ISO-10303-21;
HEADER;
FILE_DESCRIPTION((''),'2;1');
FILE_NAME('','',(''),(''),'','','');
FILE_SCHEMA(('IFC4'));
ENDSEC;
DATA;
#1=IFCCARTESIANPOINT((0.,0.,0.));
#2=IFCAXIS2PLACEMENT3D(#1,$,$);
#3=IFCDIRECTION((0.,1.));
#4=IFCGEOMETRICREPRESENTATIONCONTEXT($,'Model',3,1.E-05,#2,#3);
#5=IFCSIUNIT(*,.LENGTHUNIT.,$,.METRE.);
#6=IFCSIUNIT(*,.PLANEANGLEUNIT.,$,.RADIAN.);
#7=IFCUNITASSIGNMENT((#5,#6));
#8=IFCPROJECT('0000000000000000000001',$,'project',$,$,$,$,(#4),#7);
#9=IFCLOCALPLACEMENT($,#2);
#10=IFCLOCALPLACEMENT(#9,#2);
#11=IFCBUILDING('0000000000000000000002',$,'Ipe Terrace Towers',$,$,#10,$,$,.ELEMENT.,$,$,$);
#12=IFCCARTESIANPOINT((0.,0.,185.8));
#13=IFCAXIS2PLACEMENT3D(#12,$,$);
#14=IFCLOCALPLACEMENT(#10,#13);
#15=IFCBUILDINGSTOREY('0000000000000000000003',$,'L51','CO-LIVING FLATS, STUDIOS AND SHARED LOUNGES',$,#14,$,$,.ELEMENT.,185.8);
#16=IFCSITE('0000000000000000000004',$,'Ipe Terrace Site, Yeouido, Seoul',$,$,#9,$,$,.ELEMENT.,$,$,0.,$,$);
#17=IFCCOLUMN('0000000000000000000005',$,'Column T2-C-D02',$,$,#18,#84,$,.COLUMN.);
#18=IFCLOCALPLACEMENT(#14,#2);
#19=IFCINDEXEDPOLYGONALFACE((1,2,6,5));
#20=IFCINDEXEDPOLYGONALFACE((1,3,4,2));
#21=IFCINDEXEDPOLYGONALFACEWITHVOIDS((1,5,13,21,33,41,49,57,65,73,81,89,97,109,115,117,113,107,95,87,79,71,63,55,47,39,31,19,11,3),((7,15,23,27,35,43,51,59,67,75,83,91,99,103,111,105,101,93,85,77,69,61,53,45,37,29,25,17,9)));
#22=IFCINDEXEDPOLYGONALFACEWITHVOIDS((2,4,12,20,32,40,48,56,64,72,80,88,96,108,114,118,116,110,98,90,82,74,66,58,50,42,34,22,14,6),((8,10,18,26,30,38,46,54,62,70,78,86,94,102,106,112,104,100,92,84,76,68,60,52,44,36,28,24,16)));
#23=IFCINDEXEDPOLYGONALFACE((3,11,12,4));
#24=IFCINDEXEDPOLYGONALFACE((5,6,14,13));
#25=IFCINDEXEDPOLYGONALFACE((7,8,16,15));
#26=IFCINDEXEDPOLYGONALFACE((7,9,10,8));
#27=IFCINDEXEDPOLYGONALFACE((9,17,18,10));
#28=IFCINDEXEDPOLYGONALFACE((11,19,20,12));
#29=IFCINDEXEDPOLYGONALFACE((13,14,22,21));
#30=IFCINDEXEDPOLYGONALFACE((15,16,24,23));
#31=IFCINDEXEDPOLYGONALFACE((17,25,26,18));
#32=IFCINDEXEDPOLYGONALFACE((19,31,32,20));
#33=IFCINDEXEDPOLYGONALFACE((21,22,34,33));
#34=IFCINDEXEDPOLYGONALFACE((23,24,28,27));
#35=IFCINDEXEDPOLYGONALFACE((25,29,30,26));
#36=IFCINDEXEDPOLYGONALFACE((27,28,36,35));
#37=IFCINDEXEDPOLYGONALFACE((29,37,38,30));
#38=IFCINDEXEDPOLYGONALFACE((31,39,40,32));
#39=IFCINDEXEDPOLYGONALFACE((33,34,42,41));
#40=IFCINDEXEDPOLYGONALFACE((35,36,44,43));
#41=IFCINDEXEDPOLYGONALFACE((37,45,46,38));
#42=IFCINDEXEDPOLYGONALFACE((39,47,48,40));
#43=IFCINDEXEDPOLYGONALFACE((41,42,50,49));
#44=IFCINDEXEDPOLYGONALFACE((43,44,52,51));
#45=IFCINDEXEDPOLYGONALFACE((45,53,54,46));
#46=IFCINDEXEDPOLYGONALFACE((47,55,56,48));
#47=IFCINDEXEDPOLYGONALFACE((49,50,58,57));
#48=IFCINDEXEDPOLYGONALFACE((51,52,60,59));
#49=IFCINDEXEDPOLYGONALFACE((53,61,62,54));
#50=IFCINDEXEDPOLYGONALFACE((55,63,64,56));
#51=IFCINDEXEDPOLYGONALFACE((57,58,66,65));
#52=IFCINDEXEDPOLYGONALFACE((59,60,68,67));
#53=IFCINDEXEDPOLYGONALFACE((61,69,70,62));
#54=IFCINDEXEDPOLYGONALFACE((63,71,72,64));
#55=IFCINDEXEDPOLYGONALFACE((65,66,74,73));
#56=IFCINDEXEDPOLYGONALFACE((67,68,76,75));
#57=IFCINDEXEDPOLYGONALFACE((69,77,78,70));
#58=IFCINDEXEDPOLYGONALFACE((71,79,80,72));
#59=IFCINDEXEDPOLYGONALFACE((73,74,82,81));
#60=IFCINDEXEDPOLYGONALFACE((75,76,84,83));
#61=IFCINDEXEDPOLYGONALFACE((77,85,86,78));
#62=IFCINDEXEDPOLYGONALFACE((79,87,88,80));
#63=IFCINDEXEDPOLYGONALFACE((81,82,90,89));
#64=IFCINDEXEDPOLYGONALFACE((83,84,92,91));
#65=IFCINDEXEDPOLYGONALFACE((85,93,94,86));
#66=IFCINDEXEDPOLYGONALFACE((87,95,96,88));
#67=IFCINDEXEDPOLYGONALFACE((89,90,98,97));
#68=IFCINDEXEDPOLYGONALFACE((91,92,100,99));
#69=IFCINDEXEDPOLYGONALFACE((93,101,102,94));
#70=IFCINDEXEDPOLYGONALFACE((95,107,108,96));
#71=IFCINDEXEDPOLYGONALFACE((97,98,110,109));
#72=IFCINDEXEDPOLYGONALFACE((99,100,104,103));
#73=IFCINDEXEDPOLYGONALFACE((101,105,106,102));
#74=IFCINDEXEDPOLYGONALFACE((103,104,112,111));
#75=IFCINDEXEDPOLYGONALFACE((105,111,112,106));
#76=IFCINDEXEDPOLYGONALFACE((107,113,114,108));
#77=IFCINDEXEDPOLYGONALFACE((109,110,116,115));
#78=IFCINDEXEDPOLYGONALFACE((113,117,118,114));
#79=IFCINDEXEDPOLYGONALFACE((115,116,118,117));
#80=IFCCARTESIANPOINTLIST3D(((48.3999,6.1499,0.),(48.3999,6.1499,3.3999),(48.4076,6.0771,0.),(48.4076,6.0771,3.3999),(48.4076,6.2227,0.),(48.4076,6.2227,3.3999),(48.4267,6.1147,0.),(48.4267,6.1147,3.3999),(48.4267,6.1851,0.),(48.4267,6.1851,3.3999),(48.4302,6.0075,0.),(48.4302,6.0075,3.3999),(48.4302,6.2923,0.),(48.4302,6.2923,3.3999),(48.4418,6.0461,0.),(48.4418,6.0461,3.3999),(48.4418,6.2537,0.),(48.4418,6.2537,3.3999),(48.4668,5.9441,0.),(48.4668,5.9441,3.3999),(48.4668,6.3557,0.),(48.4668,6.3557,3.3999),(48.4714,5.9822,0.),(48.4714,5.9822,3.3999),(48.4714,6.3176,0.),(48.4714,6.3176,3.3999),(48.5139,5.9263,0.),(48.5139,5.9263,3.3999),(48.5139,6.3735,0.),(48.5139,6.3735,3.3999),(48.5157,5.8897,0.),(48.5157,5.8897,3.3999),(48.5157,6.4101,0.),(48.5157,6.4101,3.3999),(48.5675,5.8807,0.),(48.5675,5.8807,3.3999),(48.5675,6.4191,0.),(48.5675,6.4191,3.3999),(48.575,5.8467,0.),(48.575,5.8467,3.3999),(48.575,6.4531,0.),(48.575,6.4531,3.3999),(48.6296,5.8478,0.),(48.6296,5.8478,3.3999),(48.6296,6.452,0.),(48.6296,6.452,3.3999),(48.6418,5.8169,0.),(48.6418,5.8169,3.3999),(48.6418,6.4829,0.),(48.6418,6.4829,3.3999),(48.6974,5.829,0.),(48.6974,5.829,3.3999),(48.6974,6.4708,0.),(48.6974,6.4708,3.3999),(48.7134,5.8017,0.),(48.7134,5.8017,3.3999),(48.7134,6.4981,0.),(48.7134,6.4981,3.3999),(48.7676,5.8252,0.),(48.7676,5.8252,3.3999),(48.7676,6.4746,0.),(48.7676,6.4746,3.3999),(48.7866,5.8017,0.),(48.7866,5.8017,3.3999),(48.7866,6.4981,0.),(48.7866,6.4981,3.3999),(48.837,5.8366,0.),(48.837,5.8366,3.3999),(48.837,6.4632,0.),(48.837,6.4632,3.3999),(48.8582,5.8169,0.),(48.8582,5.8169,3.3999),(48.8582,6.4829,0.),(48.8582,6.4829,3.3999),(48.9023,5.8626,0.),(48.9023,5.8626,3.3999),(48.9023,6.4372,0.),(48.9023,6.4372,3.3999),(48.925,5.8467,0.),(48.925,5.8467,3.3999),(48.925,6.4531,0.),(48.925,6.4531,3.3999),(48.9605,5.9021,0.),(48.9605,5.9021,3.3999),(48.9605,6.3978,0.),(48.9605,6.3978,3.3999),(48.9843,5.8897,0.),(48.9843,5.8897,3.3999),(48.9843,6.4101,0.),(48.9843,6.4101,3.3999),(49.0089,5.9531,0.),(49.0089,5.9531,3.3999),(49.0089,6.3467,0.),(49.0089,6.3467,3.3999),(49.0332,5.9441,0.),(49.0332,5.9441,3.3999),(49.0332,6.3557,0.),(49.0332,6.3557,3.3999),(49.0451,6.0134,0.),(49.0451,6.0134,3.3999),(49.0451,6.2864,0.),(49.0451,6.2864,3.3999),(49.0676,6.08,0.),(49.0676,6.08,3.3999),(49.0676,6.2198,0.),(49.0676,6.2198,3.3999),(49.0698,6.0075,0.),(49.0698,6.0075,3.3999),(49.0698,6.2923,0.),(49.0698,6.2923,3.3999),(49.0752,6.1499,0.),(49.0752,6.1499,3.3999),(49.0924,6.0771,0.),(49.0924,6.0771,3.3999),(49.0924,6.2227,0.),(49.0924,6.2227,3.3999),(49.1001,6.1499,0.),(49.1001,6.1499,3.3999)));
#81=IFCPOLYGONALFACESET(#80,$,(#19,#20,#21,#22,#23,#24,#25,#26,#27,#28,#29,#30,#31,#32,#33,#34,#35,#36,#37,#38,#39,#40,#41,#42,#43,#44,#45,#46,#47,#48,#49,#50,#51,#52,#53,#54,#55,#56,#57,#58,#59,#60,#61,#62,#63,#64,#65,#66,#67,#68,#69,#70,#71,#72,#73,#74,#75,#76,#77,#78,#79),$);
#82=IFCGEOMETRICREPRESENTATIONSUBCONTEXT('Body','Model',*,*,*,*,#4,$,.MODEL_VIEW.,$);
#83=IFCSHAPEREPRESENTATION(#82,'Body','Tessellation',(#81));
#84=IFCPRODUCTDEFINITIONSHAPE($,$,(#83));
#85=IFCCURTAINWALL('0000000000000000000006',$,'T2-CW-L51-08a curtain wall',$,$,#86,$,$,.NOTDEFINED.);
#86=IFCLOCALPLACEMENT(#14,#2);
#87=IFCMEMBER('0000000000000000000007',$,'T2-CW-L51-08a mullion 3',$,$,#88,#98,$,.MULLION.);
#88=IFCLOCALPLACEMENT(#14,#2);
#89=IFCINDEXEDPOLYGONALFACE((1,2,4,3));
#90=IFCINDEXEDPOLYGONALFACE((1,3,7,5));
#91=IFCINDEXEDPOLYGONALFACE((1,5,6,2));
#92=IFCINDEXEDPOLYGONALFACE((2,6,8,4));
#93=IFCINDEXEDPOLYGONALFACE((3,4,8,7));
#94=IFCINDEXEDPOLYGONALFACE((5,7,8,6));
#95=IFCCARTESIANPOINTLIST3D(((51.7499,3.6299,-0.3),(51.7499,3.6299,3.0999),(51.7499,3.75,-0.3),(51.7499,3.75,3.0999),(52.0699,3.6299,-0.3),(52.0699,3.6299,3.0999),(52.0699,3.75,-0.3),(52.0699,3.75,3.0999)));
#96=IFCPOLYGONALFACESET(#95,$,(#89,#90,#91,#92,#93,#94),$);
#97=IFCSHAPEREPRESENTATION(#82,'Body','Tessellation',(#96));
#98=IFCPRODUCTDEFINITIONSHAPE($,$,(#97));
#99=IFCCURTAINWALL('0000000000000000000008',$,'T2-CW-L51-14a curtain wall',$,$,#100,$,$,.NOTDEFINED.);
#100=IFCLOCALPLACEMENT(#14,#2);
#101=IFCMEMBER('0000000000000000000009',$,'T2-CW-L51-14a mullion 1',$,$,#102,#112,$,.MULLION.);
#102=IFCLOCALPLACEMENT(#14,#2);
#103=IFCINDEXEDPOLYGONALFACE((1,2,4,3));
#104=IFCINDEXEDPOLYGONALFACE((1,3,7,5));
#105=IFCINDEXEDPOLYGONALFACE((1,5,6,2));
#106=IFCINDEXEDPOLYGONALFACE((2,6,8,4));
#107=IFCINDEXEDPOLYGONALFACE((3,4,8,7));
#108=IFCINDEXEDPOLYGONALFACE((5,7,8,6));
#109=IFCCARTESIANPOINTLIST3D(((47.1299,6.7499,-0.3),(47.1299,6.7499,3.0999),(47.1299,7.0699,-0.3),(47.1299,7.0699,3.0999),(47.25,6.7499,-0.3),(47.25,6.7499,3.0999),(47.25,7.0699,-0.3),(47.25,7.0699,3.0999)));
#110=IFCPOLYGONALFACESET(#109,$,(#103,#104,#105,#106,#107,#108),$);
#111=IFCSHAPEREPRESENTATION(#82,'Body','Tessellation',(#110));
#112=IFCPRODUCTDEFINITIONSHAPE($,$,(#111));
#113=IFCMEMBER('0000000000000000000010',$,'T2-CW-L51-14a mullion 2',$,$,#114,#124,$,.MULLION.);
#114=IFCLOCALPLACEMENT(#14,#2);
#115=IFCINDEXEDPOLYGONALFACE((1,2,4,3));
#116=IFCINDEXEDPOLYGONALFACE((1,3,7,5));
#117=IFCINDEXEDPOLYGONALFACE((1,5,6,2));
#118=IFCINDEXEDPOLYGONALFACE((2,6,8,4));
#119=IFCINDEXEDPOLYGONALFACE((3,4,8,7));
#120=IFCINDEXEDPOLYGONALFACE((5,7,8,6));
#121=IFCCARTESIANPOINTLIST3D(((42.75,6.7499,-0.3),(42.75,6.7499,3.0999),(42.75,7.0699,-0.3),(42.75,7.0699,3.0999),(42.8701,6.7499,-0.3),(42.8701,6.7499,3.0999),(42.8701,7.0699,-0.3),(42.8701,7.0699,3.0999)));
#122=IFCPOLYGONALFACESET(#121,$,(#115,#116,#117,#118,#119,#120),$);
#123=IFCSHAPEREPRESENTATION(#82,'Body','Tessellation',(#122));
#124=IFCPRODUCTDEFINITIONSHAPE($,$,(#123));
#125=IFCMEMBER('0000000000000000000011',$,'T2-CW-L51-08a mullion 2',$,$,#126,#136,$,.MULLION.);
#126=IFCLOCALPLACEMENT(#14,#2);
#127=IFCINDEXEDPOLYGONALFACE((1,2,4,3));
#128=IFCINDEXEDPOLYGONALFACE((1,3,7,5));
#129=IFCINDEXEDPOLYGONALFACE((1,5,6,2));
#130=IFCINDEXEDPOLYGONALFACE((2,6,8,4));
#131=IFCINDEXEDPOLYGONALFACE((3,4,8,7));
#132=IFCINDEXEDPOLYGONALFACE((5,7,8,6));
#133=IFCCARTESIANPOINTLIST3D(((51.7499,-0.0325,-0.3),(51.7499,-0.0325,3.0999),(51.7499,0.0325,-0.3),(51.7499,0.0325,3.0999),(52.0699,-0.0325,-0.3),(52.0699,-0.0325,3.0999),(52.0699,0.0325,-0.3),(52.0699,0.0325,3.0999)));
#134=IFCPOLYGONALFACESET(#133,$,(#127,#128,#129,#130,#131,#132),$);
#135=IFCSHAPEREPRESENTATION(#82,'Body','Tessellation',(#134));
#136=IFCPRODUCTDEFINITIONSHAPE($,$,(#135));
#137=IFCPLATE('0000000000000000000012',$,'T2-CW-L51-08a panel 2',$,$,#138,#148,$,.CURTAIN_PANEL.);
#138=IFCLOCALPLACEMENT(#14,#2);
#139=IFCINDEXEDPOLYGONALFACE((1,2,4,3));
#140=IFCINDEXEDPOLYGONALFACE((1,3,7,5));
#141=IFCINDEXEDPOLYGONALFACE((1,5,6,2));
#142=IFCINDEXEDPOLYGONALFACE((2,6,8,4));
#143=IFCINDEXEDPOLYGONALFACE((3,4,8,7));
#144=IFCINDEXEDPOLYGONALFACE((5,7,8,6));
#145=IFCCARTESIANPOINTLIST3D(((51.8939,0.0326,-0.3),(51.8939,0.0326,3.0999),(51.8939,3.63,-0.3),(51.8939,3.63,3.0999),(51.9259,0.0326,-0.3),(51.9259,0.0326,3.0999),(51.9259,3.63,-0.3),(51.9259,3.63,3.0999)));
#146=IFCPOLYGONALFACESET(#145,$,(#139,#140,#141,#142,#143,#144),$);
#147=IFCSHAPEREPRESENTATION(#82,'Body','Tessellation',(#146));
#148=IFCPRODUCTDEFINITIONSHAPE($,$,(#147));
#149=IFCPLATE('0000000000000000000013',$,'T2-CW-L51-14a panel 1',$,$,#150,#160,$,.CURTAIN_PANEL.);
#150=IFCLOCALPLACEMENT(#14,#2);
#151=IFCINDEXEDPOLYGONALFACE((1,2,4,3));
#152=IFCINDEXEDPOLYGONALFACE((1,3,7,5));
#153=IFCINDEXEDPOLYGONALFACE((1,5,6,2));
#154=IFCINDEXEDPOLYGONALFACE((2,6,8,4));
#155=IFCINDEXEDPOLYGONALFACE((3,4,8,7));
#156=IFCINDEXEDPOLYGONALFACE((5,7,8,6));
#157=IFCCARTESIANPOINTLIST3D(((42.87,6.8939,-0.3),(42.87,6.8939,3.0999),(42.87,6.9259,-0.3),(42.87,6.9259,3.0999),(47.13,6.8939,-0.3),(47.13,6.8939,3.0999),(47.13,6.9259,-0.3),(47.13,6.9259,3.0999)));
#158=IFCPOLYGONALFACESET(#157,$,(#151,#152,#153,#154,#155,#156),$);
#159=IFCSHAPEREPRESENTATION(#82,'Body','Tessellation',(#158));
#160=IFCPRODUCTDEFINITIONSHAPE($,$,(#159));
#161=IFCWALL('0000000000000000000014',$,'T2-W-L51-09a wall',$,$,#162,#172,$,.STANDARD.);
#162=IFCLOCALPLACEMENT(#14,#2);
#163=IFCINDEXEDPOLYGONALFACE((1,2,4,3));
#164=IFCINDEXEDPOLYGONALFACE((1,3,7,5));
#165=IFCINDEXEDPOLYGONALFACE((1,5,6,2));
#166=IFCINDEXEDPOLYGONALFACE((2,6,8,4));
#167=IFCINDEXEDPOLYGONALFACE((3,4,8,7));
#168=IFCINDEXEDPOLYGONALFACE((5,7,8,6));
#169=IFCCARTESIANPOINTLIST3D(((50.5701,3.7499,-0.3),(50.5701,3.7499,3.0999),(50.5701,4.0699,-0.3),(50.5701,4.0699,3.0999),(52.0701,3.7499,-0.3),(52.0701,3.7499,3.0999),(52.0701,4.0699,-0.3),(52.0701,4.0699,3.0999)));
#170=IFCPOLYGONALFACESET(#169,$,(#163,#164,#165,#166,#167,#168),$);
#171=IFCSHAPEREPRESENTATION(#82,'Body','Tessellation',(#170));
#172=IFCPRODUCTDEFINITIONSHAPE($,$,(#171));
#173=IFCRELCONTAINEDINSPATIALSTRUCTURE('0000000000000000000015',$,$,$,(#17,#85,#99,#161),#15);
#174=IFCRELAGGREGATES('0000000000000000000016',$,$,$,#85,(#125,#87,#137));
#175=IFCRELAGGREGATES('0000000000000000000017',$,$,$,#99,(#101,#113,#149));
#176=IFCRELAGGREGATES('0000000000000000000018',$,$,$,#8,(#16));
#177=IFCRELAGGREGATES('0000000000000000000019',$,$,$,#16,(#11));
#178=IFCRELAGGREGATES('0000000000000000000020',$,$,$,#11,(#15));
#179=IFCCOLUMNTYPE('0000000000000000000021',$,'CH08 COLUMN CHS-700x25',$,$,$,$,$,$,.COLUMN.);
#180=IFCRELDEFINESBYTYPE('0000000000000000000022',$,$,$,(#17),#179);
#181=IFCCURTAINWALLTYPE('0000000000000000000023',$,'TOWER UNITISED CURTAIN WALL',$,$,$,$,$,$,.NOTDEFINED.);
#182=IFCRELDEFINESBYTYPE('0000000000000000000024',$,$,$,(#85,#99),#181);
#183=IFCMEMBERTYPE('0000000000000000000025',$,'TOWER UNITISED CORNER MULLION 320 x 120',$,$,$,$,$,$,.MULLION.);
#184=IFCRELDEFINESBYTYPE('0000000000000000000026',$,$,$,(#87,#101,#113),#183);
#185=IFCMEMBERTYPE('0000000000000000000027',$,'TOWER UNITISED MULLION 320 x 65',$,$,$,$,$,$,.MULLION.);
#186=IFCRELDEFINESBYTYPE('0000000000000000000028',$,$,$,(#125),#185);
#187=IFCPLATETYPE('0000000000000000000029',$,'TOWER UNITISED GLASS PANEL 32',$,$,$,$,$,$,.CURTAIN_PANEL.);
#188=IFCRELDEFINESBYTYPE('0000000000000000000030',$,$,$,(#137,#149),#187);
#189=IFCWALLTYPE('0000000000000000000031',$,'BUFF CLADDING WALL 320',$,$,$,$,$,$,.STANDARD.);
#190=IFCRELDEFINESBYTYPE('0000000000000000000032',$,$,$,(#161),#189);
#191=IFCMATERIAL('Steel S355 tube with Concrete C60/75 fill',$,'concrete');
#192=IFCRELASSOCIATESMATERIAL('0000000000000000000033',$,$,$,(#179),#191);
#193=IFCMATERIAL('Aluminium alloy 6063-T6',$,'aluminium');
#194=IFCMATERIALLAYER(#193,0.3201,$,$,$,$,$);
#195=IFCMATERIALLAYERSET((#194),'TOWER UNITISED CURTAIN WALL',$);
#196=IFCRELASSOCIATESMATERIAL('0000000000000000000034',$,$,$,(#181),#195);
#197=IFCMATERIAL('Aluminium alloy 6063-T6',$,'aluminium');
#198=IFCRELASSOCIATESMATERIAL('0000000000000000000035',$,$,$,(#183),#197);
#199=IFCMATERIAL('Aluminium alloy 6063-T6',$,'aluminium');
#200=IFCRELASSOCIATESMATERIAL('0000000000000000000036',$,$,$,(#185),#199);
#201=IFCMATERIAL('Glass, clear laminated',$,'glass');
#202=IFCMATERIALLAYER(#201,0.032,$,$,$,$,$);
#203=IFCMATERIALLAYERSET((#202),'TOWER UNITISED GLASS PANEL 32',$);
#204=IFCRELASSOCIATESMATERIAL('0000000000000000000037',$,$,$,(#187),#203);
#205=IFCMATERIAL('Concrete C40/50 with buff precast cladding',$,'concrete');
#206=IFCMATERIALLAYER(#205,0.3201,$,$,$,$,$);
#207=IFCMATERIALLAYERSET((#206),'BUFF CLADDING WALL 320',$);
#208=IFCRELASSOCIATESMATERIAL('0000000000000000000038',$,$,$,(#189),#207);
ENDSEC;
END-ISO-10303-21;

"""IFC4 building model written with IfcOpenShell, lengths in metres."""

from ifc_helpers import new_model, si_unit, direction, frame, frame_2d, origin, origin_2d, place, context, subcontext, project, spatial, rectangle, hollow_circle, extrude, material, layer, layer_set, material_profile, profile_set, type_object, element, aggregate, save


model = new_model("IFC4")

# Units and contexts
model_context = context("Model", 3, precision=1e-05, world=origin(), true_north=direction((0.0, 1.0)))
body_context = subcontext(model_context, "Body", "Model", "MODEL_VIEW")
ifc_project = project(units=[si_unit("LENGTHUNIT", "METRE"), si_unit("PLANEANGLEUNIT", "RADIAN")], contexts=[model_context])

# Site, building, storey
site_placement = place(None, origin())
site = spatial("IfcSite", under=ifc_project, at=site_placement, Name="Ipe Terrace Site, Yeouido, Seoul", CompositionType="ELEMENT", RefElevation=0.0)
building_placement = place(site_placement, origin())
building = spatial("IfcBuilding", under=site, at=building_placement, Name="Ipe Terrace Towers", CompositionType="ELEMENT")
storey_placement = place(building_placement, frame((0.0, 0.0, 185.8)))
storey = spatial("IfcBuildingStorey", under=building, at=storey_placement, Name="L51", Description="CO-LIVING FLATS, STUDIOS AND SHARED LOUNGES", CompositionType="ELEMENT", Elevation=185.8)

# Column
ifc_material_1 = material(Name="Steel S355 tube with Concrete C60/75 fill", Category="concrete")
ifc_material_profile_1 = material_profile(ifc_material_1, hollow_circle(Radius=0.3501, WallThickness=0.0249, at=origin_2d()), Name="CHS-700x25")
ifc_profile_set_1 = profile_set([ifc_material_profile_1], Name="Steel S355 tube with Concrete C60/75 fill")
column_type = type_object("IfcColumnType", Name="CH08 COLUMN CHS-700x25", PredefinedType="COLUMN", material=ifc_profile_set_1)
column_placement = place(storey_placement, frame((48.75, 6.1499, 0.0), z_axis=(0.0, 0.0, 1.0), x_axis=(1.0, 0.0, 0.0)))
element("IfcColumn", 1, at=column_placement, inside=storey, type_object=column_type, Name="Column T2-C-D02", PredefinedType="COLUMN", context=body_context, shape_type="SweptSolid", body=[
    extrude(hollow_circle(Radius=0.3501, WallThickness=0.0249, at=origin_2d()), origin(), (0.0, 0.0, 1.0), 3.3999),
])

# Curtain wall, member
ifc_material_2 = material(Name="Aluminium alloy 6063-T6", Category="aluminium")
ifc_layer_1 = layer(ifc_material_2, 0.3201)
ifc_layer_set_1 = layer_set([ifc_layer_1], Name="TOWER UNITISED CURTAIN WALL")
curtain_wall_type = type_object("IfcCurtainWallType", Name="TOWER UNITISED CURTAIN WALL", PredefinedType="NOTDEFINED", material=ifc_layer_set_1)
curtain_wall_1_placement = place(storey_placement, origin())
curtain_wall_1 = element("IfcCurtainWall", 2, at=curtain_wall_1_placement, inside=storey, type_object=curtain_wall_type, Name="T2-CW-L51-08a curtain wall", PredefinedType="NOTDEFINED")
ifc_material_3 = material(Name="Aluminium alloy 6063-T6", Category="aluminium")
ifc_material_profile_2 = material_profile(ifc_material_3, rectangle(XDim=0.3201, YDim=0.1201, at=origin_2d()), Name="TOWER UNITISED CORNER MULLION 320 x 120")
ifc_profile_set_2 = profile_set([ifc_material_profile_2], Name="Aluminium alloy 6063-T6")
member_type_1 = type_object("IfcMemberType", Name="TOWER UNITISED CORNER MULLION 320 x 120", PredefinedType="MULLION", material=ifc_profile_set_2)
member_1_placement = place(storey_placement, frame((51.9099, 3.6899, -0.3), z_axis=(0.0, 0.0, 1.0), x_axis=(1.0, 0.0, 0.0)))
member_1 = element("IfcMember", 3, at=member_1_placement, type_object=member_type_1, Name="T2-CW-L51-08a mullion 3", PredefinedType="MULLION", context=body_context, shape_type="SweptSolid", body=[
    extrude(rectangle(XDim=0.3201, YDim=0.1201, at=origin_2d()), origin(), (0.0, 0.0, 1.0), 3.3999),
])

# Curtain wall, members
curtain_wall_2_placement = place(storey_placement, origin())
curtain_wall_2 = element("IfcCurtainWall", 4, at=curtain_wall_2_placement, inside=storey, type_object=curtain_wall_type, Name="T2-CW-L51-14a curtain wall", PredefinedType="NOTDEFINED")
member_2_placement = place(storey_placement, frame((47.1899, 6.9099, -0.3), z_axis=(0.0, 0.0, 1.0), x_axis=(0.0, 1.0, 0.0)))
member_2 = element("IfcMember", 5, at=member_2_placement, type_object=member_type_1, Name="T2-CW-L51-14a mullion 1", PredefinedType="MULLION", context=body_context, shape_type="SweptSolid", body=[
    extrude(rectangle(XDim=0.3201, YDim=0.1201, at=origin_2d()), origin(), (0.0, 0.0, 1.0), 3.3999),
])
member_3_placement = place(storey_placement, frame((42.8101, 6.9099, -0.3), z_axis=(0.0, 0.0, 1.0), x_axis=(0.0, 1.0, 0.0)))
member_3 = element("IfcMember", 6, at=member_3_placement, type_object=member_type_1, Name="T2-CW-L51-14a mullion 2", PredefinedType="MULLION", context=body_context, shape_type="SweptSolid", body=[
    extrude(rectangle(XDim=0.3201, YDim=0.1201, at=origin_2d()), origin(), (0.0, 0.0, 1.0), 3.3999),
])

# Member
ifc_material_4 = material(Name="Aluminium alloy 6063-T6", Category="aluminium")
ifc_material_profile_3 = material_profile(ifc_material_4, rectangle(XDim=0.3201, YDim=0.0649, at=origin_2d()), Name="TOWER UNITISED MULLION 320 x 65")
ifc_profile_set_3 = profile_set([ifc_material_profile_3], Name="Aluminium alloy 6063-T6")
member_type_2 = type_object("IfcMemberType", Name="TOWER UNITISED MULLION 320 x 65", PredefinedType="MULLION", material=ifc_profile_set_3)
member_4_placement = place(storey_placement, frame((51.9099, 0.0, -0.3), z_axis=(0.0, 0.0, 1.0), x_axis=(1.0, 0.0, 0.0)))
member_4 = element("IfcMember", 7, at=member_4_placement, type_object=member_type_2, Name="T2-CW-L51-08a mullion 2", PredefinedType="MULLION", context=body_context, shape_type="SweptSolid", body=[
    extrude(rectangle(XDim=0.3201, YDim=0.0649, at=origin_2d()), origin(), (0.0, 0.0, 1.0), 3.3999),
])

# Plates
ifc_material_5 = material(Name="Glass, clear laminated", Category="glass")
ifc_layer_2 = layer(ifc_material_5, 0.032)
ifc_layer_set_2 = layer_set([ifc_layer_2], Name="TOWER UNITISED GLASS PANEL 32")
plate_type = type_object("IfcPlateType", Name="TOWER UNITISED GLASS PANEL 32", PredefinedType="CURTAIN_PANEL", material=ifc_layer_set_2)
plate_1_placement = place(storey_placement, frame((51.9099, 1.8313, -0.3), z_axis=(0.0, 0.0, 1.0), x_axis=(0.0, 1.0, 0.0)))
plate_1 = element("IfcPlate", 8, at=plate_1_placement, type_object=plate_type, Name="T2-CW-L51-08a panel 2", PredefinedType="CURTAIN_PANEL", context=body_context, shape_type="SweptSolid", body=[
    extrude(rectangle(XDim=3.5974, YDim=0.032, at=origin_2d()), origin(), (0.0, 0.0, 1.0), 3.3999),
])
aggregate(curtain_wall_1, [member_4, member_1, plate_1])
plate_2_placement = place(storey_placement, frame((45.0, 6.9099, -0.3), z_axis=(0.0, 0.0, 1.0), x_axis=(-1.0, 0.0, 0.0)))
plate_2 = element("IfcPlate", 9, at=plate_2_placement, type_object=plate_type, Name="T2-CW-L51-14a panel 1", PredefinedType="CURTAIN_PANEL", context=body_context, shape_type="SweptSolid", body=[
    extrude(rectangle(XDim=4.26, YDim=0.032, at=origin_2d()), origin(), (0.0, 0.0, 1.0), 3.3999),
])
aggregate(curtain_wall_2, [member_2, member_3, plate_2])

# Wall
ifc_material_6 = material(Name="Concrete C40/50 with buff precast cladding", Category="concrete")
ifc_layer_3 = layer(ifc_material_6, 0.3201)
ifc_layer_set_3 = layer_set([ifc_layer_3], Name="BUFF CLADDING WALL 320")
wall_type_1 = type_object("IfcWallType", Name="BUFF CLADDING WALL 320", PredefinedType="STANDARD", material=ifc_layer_set_3)
wall_1_placement = place(storey_placement, frame((52.0701, 3.9099, -0.3), z_axis=(0.0, 0.0, 1.0), x_axis=(-1.0, 0.0, 0.0)))
element("IfcWall", 10, at=wall_1_placement, inside=storey, type_object=wall_type_1, Name="T2-W-L51-09a wall", PredefinedType="STANDARD", context=body_context, shape_type="SweptSolid", body=[
    extrude(rectangle(XDim=1.5, YDim=0.3201, at=frame_2d((0.75, 0.0))), origin(), (0.0, 0.0, 1.0), 3.3999),
])

save(model, "model.ifc")
